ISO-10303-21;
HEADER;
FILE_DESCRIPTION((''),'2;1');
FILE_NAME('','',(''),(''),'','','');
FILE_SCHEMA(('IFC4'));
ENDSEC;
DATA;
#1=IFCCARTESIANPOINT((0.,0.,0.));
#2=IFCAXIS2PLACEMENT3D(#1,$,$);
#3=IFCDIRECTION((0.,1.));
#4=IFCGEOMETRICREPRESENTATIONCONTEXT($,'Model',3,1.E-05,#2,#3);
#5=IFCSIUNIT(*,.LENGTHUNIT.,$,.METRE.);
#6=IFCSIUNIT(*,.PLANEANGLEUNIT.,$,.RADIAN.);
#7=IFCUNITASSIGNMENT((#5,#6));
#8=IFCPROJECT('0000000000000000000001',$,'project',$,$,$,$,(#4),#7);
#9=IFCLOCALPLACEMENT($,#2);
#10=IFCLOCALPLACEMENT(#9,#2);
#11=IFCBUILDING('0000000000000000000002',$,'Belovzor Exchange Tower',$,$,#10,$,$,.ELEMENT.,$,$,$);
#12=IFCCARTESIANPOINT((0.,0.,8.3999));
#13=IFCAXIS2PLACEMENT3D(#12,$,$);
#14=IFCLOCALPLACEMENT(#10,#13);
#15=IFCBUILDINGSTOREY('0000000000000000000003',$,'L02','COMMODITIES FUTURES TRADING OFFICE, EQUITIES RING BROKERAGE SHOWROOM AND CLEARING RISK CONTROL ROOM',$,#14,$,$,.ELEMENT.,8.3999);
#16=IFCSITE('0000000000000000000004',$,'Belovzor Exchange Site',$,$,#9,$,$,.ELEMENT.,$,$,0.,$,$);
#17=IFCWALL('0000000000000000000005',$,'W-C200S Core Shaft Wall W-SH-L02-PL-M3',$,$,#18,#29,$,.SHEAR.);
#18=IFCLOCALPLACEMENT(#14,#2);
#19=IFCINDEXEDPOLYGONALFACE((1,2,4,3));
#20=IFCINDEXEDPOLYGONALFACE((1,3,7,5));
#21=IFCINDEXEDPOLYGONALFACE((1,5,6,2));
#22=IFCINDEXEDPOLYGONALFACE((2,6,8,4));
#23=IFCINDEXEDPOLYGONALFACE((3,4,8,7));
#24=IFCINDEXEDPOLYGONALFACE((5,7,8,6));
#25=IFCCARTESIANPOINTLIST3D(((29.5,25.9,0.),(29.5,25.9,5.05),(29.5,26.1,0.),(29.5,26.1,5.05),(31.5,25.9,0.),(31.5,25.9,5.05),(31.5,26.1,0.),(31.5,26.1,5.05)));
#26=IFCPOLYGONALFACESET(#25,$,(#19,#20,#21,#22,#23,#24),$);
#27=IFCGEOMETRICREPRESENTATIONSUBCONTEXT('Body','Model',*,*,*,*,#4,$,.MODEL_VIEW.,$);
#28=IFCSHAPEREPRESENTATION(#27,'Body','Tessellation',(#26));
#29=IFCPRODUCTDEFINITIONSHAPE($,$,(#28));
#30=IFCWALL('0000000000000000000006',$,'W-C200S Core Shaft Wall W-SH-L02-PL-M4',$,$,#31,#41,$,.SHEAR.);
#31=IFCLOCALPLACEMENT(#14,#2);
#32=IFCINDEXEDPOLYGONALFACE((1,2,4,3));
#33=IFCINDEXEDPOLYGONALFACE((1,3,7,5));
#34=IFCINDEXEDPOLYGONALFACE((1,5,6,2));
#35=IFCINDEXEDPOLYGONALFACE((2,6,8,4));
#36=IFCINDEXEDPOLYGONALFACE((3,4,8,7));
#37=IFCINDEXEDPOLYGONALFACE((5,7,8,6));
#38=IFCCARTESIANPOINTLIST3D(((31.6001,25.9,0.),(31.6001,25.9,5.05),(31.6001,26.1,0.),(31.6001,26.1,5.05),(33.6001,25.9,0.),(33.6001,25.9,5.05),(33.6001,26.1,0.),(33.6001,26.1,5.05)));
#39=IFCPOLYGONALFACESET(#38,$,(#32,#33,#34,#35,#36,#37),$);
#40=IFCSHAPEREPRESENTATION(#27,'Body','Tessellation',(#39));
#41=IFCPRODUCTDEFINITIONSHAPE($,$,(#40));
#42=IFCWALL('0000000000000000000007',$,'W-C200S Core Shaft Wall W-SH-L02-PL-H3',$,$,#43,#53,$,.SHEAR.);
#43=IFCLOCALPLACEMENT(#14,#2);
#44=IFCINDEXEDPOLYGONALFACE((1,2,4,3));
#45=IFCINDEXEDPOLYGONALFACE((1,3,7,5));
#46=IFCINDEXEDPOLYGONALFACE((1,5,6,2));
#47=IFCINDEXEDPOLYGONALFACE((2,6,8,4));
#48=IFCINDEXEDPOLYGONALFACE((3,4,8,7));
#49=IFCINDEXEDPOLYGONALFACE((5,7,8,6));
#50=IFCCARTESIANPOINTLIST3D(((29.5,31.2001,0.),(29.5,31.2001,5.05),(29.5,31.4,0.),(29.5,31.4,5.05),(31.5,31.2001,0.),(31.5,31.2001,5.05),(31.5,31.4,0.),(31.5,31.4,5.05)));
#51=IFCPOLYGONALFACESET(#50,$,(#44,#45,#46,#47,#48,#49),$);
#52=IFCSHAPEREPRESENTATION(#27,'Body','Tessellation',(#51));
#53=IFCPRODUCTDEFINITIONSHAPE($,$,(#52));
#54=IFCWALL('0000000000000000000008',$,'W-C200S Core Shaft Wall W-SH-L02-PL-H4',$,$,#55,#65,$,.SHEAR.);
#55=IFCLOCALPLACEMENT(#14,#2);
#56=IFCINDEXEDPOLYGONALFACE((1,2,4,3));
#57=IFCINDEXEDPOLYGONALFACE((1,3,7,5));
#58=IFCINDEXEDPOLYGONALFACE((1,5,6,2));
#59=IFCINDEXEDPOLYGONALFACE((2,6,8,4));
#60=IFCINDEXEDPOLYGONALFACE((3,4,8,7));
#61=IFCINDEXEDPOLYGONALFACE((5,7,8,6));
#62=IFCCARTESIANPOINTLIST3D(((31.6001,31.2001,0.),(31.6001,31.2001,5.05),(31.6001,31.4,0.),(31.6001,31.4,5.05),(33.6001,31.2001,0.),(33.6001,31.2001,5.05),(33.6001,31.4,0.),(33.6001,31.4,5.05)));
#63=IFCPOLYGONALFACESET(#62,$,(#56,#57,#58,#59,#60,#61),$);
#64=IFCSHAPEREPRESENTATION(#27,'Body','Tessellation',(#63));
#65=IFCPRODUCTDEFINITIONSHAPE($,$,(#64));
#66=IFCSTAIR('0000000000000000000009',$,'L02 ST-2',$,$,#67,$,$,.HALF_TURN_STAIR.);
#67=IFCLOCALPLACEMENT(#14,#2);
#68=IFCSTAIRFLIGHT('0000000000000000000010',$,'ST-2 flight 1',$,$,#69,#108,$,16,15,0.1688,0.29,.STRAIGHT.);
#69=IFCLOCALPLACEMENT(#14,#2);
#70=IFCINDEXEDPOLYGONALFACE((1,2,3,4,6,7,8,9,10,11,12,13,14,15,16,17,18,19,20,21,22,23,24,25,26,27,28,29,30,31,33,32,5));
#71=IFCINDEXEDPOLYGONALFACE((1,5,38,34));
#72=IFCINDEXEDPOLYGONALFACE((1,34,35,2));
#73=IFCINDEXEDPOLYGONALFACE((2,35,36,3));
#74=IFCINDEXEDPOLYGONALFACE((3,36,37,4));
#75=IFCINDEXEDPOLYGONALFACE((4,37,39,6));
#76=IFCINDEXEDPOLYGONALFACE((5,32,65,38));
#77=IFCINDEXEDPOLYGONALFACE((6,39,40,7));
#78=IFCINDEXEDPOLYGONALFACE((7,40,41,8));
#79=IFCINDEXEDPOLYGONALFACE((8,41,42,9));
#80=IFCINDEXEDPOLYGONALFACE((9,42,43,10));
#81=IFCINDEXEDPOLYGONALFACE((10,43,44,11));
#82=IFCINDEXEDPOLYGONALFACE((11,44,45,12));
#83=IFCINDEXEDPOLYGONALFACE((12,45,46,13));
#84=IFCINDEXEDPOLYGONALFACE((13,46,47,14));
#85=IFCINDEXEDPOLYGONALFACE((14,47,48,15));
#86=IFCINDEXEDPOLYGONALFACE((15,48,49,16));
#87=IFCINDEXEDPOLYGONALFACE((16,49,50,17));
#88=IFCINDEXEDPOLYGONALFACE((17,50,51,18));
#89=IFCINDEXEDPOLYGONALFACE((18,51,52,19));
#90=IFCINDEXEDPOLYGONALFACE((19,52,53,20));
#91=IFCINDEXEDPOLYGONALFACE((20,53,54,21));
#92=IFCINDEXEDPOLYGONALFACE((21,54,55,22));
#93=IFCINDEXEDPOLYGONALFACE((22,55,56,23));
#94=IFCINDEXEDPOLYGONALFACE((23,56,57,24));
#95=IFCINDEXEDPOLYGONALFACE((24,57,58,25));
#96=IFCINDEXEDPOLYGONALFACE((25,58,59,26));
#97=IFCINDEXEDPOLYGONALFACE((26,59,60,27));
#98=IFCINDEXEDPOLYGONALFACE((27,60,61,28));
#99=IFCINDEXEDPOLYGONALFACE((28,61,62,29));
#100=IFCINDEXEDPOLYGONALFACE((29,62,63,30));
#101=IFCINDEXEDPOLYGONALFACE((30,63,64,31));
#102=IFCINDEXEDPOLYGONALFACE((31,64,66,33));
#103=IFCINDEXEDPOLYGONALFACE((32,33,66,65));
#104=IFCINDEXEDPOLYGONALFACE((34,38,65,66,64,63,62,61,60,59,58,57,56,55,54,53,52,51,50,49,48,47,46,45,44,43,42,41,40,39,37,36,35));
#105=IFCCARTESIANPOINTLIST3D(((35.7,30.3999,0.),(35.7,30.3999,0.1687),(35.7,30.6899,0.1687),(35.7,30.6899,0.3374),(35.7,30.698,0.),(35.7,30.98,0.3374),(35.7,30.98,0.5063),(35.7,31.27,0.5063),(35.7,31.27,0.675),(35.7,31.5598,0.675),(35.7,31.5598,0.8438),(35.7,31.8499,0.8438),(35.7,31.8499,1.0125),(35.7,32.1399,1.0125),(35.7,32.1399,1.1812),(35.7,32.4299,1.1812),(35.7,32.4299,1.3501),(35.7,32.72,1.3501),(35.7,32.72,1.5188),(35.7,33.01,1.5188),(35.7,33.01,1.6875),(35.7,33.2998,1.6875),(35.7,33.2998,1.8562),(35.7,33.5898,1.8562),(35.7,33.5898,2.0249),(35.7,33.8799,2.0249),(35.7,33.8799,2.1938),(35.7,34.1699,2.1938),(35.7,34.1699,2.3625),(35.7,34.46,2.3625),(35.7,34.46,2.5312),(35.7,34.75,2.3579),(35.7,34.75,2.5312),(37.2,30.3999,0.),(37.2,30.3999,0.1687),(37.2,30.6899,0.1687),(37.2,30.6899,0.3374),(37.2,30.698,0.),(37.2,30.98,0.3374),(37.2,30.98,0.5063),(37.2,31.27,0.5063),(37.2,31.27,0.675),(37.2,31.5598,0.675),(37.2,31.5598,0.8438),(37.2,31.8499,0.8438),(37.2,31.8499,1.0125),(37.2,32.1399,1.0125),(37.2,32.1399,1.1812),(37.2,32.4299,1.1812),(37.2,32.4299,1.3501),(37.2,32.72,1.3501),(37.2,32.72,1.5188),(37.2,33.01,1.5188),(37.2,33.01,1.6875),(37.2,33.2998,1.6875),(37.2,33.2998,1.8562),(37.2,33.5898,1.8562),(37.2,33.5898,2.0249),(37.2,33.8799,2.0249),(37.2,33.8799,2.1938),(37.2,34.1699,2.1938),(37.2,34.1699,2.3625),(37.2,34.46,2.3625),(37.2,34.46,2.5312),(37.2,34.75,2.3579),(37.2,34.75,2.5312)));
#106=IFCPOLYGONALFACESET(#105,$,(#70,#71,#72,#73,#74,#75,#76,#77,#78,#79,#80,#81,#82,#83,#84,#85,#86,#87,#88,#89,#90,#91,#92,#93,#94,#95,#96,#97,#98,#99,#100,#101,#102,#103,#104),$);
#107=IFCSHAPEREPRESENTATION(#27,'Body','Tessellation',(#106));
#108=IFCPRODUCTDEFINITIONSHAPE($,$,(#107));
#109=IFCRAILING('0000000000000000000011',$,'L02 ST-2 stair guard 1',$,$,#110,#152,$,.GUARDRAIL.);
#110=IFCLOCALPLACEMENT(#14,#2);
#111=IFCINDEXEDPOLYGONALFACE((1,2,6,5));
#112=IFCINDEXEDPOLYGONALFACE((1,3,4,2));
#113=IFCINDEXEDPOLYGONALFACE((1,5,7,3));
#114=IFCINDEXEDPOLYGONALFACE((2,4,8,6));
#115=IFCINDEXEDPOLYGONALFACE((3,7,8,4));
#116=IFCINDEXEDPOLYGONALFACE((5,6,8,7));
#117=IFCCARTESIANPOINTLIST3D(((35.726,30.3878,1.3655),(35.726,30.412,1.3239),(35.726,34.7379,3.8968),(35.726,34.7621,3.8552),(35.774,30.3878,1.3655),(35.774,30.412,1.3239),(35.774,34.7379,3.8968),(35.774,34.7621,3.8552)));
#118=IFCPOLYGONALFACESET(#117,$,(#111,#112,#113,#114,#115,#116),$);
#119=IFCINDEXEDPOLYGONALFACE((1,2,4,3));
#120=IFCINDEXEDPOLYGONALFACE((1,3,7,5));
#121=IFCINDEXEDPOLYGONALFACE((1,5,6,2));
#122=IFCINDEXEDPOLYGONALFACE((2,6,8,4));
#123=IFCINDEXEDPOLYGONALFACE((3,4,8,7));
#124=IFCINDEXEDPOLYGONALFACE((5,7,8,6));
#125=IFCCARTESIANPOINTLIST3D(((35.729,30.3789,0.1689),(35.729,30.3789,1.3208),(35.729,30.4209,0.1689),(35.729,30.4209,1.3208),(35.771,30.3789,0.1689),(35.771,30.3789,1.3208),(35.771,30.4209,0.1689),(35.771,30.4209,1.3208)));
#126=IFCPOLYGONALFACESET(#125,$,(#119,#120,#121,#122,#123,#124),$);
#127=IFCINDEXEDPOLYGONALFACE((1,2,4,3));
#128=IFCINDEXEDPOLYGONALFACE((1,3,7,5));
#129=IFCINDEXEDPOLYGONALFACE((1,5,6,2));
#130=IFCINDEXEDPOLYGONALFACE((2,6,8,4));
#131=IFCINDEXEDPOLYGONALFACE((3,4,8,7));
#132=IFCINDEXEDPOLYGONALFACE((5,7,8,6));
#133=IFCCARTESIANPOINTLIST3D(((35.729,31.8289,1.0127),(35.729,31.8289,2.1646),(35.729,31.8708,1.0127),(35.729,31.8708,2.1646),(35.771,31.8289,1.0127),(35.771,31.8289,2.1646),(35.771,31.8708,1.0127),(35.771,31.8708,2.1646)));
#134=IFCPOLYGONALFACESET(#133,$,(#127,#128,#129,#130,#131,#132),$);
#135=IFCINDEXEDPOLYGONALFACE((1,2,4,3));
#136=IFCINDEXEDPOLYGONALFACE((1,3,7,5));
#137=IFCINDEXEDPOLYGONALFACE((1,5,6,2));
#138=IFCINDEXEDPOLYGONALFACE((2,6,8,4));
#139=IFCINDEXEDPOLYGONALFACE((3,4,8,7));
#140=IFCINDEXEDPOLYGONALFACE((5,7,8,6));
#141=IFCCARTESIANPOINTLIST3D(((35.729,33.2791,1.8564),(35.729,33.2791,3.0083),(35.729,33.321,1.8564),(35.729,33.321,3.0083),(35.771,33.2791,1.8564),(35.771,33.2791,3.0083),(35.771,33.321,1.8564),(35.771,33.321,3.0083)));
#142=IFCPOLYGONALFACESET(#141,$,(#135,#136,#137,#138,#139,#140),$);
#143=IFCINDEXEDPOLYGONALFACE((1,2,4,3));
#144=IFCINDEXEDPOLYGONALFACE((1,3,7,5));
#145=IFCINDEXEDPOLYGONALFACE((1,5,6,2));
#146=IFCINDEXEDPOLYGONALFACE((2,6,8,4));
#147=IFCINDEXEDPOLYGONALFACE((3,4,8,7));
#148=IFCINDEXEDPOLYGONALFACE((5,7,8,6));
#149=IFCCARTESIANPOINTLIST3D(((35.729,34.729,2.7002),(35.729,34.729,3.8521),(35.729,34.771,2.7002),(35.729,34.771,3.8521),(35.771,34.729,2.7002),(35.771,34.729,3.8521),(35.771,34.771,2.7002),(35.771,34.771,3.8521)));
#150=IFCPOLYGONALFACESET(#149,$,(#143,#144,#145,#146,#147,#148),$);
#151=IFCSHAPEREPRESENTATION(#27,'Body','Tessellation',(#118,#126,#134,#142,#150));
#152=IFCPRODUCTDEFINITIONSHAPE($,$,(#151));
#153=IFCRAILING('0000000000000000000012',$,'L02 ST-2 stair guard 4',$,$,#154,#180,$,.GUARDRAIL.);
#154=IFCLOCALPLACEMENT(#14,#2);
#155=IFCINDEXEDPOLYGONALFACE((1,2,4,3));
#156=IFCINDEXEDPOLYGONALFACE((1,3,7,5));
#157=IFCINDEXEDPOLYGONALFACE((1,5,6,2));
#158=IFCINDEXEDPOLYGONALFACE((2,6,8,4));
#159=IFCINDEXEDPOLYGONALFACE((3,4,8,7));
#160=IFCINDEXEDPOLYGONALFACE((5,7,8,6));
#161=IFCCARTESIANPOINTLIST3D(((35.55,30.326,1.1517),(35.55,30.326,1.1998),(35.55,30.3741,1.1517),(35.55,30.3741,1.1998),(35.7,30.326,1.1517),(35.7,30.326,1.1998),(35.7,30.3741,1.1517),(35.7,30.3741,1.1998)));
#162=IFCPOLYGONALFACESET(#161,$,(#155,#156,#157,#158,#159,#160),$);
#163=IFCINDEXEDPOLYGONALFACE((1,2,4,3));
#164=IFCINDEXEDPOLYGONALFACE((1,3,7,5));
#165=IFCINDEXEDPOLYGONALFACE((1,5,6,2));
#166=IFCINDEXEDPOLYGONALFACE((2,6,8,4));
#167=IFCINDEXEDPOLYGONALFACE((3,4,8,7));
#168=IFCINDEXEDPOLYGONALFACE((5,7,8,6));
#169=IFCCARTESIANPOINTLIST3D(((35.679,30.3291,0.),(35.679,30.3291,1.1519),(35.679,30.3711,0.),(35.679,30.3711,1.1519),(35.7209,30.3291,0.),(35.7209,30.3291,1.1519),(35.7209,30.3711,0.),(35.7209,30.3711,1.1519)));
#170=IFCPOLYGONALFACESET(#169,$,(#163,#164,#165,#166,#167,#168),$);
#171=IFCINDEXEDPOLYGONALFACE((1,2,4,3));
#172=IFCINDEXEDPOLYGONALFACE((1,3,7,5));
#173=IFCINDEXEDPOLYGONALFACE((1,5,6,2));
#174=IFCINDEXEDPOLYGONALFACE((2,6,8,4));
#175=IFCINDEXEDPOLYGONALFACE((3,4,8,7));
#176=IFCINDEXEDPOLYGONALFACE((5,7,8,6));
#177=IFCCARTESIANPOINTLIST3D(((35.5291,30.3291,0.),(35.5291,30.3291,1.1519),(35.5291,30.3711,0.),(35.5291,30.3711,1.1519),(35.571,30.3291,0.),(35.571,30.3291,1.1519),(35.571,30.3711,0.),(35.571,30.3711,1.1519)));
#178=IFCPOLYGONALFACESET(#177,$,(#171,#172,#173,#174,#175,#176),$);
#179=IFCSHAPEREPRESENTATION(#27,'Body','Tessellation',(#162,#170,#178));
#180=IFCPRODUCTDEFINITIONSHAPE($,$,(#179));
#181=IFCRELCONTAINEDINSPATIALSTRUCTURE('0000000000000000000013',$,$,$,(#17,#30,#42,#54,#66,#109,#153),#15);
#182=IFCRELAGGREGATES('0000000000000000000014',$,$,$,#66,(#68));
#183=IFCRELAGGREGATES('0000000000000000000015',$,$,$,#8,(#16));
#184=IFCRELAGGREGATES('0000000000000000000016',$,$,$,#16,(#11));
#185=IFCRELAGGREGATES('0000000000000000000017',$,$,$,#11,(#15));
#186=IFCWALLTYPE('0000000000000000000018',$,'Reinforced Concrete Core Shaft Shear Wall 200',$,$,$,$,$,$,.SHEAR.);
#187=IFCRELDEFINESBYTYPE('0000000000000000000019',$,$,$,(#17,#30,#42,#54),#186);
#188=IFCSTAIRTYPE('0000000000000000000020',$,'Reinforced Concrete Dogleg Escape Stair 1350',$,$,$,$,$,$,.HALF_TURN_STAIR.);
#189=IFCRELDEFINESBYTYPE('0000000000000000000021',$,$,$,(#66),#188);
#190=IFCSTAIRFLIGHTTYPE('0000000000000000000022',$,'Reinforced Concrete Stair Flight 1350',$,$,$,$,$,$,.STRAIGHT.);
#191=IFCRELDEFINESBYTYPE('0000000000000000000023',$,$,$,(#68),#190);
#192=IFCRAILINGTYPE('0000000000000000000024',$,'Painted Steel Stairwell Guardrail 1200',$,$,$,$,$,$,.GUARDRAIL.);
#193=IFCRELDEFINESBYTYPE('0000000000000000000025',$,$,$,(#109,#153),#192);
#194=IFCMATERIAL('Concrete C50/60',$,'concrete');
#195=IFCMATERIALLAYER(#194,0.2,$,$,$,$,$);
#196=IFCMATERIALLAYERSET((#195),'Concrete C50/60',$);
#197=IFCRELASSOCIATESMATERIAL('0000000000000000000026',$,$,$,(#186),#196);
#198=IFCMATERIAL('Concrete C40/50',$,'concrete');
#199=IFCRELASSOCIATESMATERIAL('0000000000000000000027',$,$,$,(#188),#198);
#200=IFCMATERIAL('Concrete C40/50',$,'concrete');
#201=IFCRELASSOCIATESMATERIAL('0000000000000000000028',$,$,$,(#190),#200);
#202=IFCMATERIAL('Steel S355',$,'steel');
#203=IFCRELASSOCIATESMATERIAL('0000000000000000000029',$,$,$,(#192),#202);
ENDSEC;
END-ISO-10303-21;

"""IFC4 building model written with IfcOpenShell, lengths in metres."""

from ifc_helpers import new_model, si_unit, direction, frame, frame_2d, origin, origin_2d, place, context, subcontext, project, spatial, polyline, rectangle, outline, extrude, material, layer, layer_set, type_object, element, aggregate, save


model = new_model("IFC4")

# Units and contexts
model_context = context("Model", 3, precision=1e-05, world=origin(), true_north=direction((0.0, 1.0)))
body_context = subcontext(model_context, "Body", "Model", "MODEL_VIEW")
ifc_project = project(units=[si_unit("LENGTHUNIT", "METRE"), si_unit("PLANEANGLEUNIT", "RADIAN")], contexts=[model_context])

# Site, building, storey
site_placement = place(None, origin())
site = spatial("IfcSite", under=ifc_project, at=site_placement, Name="Belovzor Exchange Site", CompositionType="ELEMENT", RefElevation=0.0)
building_placement = place(site_placement, origin())
building = spatial("IfcBuilding", under=site, at=building_placement, Name="Belovzor Exchange Tower", CompositionType="ELEMENT")
storey_placement = place(building_placement, frame((0.0, 0.0, 8.3999)))
storey = spatial("IfcBuildingStorey", under=building, at=storey_placement, Name="L02", Description="COMMODITIES FUTURES TRADING OFFICE, EQUITIES RING BROKERAGE SHOWROOM AND CLEARING RISK CONTROL ROOM", CompositionType="ELEMENT", Elevation=8.3999)

# Shared definitions
ifc_material_1 = material(Name="Concrete C50/60", Category="concrete")
ifc_layer_1 = layer(ifc_material_1, 0.2)
ifc_layer_set_1 = layer_set([ifc_layer_1], Name="Concrete C50/60")
wall_type_1 = type_object("IfcWallType", Name="Reinforced Concrete Core Shaft Shear Wall 200", PredefinedType="SHEAR", material=ifc_layer_set_1)

# Walls
for number, where, z_axis, x_axis, name in (
    (1, (29.5, 26.0, 0.0), (0.0, 0.0, 1.0), (1.0, 0.0, 0.0), "W-C200S Core Shaft Wall W-SH-L02-PL-M3"),
    (2, (31.6001, 26.0, 0.0), (0.0, 0.0, 1.0), (1.0, 0.0, 0.0), "W-C200S Core Shaft Wall W-SH-L02-PL-M4"),
    (3, (29.5, 31.3, 0.0), (0.0, 0.0, 1.0), (1.0, 0.0, 0.0), "W-C200S Core Shaft Wall W-SH-L02-PL-H3"),
    (4, (31.6001, 31.3, 0.0), (0.0, 0.0, 1.0), (1.0, 0.0, 0.0), "W-C200S Core Shaft Wall W-SH-L02-PL-H4"),
):
    element("IfcWall", number, at=place(storey_placement, frame(where, z_axis=z_axis, x_axis=x_axis)), inside=storey, type_object=wall_type_1, Name=name, PredefinedType="SHEAR", context=body_context, shape_type="SweptSolid", body=[
        extrude(rectangle(XDim=2.0, YDim=0.2, at=frame_2d((1.0, 0.0))), origin(), (0.0, 0.0, 1.0), 5.05),
    ])

# Stair, stair flight
ifc_material_2 = material(Name="Concrete C40/50", Category="concrete")
stair_type = type_object("IfcStairType", Name="Reinforced Concrete Dogleg Escape Stair 1350", PredefinedType="HALF_TURN_STAIR", material=ifc_material_2)
stair_placement = place(storey_placement, origin())
stair = element("IfcStair", 5, at=stair_placement, inside=storey, type_object=stair_type, Name="L02 ST-2", PredefinedType="HALF_TURN_STAIR")
ifc_material_3 = material(Name="Concrete C40/50", Category="concrete")
stair_flight_type = type_object("IfcStairFlightType", Name="Reinforced Concrete Stair Flight 1350", PredefinedType="STRAIGHT", material=ifc_material_3)
stair_flight_placement = place(storey_placement, frame((36.45, 30.3999, 0.0), z_axis=(0.0, 0.0, 1.0), x_axis=(0.0, 1.0, 0.0)))
stair_flight = element("IfcStairFlight", 6, at=stair_flight_placement, type_object=stair_flight_type, Name="ST-2 flight 1", NumberOfRisers=16, NumberOfTreads=15, PredefinedType="STRAIGHT", RiserHeight=0.1688, TreadLength=0.29, context=body_context, shape_type="SweptSolid", body=[
    extrude(outline(polyline([(0.0, 0.0), (0.0, 0.1687), (0.29, 0.1687), (0.29, 0.3374), (0.5801, 0.3374), (0.5801, 0.5063), (0.8701, 0.5063), (0.8701, 0.675), (1.1599, 0.675), (1.1599, 0.8438), (1.45, 0.8438), (1.45, 1.0125), (1.74, 1.0125), (1.74, 1.1812), (2.03, 1.1812), (2.03, 1.3501), (2.3201, 1.3501), (2.3201, 1.5188), (2.6101, 1.5188), (2.6101, 1.6875), (2.8999, 1.6875), (2.8999, 1.8562), (3.1899, 1.8562), (3.1899, 2.0249), (3.48, 2.0249), (3.48, 2.1938), (3.77, 2.1938), (3.77, 2.3625), (4.0601, 2.3625), (4.0601, 2.5312), (4.3501, 2.5312), (4.3501, 2.7), (4.3501, 2.3579), (0.2981, 0.0), (0.0, 0.0)])), frame((0.0, 0.75, 0.0), z_axis=(0.0, -1.0, 0.0), x_axis=(1.0, 0.0, 0.0)), (0.0, 0.0, 1.0), 1.5),
])
aggregate(stair, [stair_flight])

# Railings
ifc_material_4 = material(Name="Steel S355", Category="steel")
railing_type = type_object("IfcRailingType", Name="Painted Steel Stairwell Guardrail 1200", PredefinedType="GUARDRAIL", material=ifc_material_4)
railing_1_placement = place(storey_placement, frame((35.75, 30.3999, 0.1689)))
element("IfcRailing", 7, at=railing_1_placement, inside=storey, type_object=railing_type, Name="L02 ST-2 stair guard 1", PredefinedType="GUARDRAIL", context=body_context, shape_type="SweptSolid", body=[
    extrude(rectangle(XDim=0.0481, YDim=0.0481, at=origin_2d()), frame((0.0, 0.0, 1.1758), z_axis=(0.0, 0.864324, 0.502936), x_axis=(-1.0, 0.0, 0.0)), (0.0, 0.0, 1.0), 5.033),
    extrude(rectangle(XDim=0.042, YDim=0.042, at=origin_2d()), origin(), (0.0, 0.0, 1.0), 1.1519),
    extrude(rectangle(XDim=0.042, YDim=0.042, at=origin_2d()), frame((0.0, 1.45, 0.8438)), (0.0, 0.0, 1.0), 1.1519),
    extrude(rectangle(XDim=0.042, YDim=0.042, at=origin_2d()), frame((0.0, 2.9001, 1.6875)), (0.0, 0.0, 1.0), 1.1519),
    extrude(rectangle(XDim=0.042, YDim=0.042, at=origin_2d()), frame((0.0, 4.3501, 2.5312)), (0.0, 0.0, 1.0), 1.1519),
])
railing_2_placement = place(storey_placement, frame((35.7, 30.3501, 0.0)))
element("IfcRailing", 8, at=railing_2_placement, inside=storey, type_object=railing_type, Name="L02 ST-2 stair guard 4", PredefinedType="GUARDRAIL", context=body_context, shape_type="SweptSolid", body=[
    extrude(rectangle(XDim=0.0481, YDim=0.0481, at=origin_2d()), frame((0.0, 0.0, 1.1758), z_axis=(-1.0, 0.0, 0.0), x_axis=(0.0, -1.0, 0.0)), (0.0, 0.0, 1.0), 0.1499),
    extrude(rectangle(XDim=0.042, YDim=0.042, at=origin_2d()), origin(), (0.0, 0.0, 1.0), 1.1519),
    extrude(rectangle(XDim=0.042, YDim=0.042, at=origin_2d()), frame((-0.1499, 0.0, 0.0)), (0.0, 0.0, 1.0), 1.1519),
])

save(model, "model.ifc")
